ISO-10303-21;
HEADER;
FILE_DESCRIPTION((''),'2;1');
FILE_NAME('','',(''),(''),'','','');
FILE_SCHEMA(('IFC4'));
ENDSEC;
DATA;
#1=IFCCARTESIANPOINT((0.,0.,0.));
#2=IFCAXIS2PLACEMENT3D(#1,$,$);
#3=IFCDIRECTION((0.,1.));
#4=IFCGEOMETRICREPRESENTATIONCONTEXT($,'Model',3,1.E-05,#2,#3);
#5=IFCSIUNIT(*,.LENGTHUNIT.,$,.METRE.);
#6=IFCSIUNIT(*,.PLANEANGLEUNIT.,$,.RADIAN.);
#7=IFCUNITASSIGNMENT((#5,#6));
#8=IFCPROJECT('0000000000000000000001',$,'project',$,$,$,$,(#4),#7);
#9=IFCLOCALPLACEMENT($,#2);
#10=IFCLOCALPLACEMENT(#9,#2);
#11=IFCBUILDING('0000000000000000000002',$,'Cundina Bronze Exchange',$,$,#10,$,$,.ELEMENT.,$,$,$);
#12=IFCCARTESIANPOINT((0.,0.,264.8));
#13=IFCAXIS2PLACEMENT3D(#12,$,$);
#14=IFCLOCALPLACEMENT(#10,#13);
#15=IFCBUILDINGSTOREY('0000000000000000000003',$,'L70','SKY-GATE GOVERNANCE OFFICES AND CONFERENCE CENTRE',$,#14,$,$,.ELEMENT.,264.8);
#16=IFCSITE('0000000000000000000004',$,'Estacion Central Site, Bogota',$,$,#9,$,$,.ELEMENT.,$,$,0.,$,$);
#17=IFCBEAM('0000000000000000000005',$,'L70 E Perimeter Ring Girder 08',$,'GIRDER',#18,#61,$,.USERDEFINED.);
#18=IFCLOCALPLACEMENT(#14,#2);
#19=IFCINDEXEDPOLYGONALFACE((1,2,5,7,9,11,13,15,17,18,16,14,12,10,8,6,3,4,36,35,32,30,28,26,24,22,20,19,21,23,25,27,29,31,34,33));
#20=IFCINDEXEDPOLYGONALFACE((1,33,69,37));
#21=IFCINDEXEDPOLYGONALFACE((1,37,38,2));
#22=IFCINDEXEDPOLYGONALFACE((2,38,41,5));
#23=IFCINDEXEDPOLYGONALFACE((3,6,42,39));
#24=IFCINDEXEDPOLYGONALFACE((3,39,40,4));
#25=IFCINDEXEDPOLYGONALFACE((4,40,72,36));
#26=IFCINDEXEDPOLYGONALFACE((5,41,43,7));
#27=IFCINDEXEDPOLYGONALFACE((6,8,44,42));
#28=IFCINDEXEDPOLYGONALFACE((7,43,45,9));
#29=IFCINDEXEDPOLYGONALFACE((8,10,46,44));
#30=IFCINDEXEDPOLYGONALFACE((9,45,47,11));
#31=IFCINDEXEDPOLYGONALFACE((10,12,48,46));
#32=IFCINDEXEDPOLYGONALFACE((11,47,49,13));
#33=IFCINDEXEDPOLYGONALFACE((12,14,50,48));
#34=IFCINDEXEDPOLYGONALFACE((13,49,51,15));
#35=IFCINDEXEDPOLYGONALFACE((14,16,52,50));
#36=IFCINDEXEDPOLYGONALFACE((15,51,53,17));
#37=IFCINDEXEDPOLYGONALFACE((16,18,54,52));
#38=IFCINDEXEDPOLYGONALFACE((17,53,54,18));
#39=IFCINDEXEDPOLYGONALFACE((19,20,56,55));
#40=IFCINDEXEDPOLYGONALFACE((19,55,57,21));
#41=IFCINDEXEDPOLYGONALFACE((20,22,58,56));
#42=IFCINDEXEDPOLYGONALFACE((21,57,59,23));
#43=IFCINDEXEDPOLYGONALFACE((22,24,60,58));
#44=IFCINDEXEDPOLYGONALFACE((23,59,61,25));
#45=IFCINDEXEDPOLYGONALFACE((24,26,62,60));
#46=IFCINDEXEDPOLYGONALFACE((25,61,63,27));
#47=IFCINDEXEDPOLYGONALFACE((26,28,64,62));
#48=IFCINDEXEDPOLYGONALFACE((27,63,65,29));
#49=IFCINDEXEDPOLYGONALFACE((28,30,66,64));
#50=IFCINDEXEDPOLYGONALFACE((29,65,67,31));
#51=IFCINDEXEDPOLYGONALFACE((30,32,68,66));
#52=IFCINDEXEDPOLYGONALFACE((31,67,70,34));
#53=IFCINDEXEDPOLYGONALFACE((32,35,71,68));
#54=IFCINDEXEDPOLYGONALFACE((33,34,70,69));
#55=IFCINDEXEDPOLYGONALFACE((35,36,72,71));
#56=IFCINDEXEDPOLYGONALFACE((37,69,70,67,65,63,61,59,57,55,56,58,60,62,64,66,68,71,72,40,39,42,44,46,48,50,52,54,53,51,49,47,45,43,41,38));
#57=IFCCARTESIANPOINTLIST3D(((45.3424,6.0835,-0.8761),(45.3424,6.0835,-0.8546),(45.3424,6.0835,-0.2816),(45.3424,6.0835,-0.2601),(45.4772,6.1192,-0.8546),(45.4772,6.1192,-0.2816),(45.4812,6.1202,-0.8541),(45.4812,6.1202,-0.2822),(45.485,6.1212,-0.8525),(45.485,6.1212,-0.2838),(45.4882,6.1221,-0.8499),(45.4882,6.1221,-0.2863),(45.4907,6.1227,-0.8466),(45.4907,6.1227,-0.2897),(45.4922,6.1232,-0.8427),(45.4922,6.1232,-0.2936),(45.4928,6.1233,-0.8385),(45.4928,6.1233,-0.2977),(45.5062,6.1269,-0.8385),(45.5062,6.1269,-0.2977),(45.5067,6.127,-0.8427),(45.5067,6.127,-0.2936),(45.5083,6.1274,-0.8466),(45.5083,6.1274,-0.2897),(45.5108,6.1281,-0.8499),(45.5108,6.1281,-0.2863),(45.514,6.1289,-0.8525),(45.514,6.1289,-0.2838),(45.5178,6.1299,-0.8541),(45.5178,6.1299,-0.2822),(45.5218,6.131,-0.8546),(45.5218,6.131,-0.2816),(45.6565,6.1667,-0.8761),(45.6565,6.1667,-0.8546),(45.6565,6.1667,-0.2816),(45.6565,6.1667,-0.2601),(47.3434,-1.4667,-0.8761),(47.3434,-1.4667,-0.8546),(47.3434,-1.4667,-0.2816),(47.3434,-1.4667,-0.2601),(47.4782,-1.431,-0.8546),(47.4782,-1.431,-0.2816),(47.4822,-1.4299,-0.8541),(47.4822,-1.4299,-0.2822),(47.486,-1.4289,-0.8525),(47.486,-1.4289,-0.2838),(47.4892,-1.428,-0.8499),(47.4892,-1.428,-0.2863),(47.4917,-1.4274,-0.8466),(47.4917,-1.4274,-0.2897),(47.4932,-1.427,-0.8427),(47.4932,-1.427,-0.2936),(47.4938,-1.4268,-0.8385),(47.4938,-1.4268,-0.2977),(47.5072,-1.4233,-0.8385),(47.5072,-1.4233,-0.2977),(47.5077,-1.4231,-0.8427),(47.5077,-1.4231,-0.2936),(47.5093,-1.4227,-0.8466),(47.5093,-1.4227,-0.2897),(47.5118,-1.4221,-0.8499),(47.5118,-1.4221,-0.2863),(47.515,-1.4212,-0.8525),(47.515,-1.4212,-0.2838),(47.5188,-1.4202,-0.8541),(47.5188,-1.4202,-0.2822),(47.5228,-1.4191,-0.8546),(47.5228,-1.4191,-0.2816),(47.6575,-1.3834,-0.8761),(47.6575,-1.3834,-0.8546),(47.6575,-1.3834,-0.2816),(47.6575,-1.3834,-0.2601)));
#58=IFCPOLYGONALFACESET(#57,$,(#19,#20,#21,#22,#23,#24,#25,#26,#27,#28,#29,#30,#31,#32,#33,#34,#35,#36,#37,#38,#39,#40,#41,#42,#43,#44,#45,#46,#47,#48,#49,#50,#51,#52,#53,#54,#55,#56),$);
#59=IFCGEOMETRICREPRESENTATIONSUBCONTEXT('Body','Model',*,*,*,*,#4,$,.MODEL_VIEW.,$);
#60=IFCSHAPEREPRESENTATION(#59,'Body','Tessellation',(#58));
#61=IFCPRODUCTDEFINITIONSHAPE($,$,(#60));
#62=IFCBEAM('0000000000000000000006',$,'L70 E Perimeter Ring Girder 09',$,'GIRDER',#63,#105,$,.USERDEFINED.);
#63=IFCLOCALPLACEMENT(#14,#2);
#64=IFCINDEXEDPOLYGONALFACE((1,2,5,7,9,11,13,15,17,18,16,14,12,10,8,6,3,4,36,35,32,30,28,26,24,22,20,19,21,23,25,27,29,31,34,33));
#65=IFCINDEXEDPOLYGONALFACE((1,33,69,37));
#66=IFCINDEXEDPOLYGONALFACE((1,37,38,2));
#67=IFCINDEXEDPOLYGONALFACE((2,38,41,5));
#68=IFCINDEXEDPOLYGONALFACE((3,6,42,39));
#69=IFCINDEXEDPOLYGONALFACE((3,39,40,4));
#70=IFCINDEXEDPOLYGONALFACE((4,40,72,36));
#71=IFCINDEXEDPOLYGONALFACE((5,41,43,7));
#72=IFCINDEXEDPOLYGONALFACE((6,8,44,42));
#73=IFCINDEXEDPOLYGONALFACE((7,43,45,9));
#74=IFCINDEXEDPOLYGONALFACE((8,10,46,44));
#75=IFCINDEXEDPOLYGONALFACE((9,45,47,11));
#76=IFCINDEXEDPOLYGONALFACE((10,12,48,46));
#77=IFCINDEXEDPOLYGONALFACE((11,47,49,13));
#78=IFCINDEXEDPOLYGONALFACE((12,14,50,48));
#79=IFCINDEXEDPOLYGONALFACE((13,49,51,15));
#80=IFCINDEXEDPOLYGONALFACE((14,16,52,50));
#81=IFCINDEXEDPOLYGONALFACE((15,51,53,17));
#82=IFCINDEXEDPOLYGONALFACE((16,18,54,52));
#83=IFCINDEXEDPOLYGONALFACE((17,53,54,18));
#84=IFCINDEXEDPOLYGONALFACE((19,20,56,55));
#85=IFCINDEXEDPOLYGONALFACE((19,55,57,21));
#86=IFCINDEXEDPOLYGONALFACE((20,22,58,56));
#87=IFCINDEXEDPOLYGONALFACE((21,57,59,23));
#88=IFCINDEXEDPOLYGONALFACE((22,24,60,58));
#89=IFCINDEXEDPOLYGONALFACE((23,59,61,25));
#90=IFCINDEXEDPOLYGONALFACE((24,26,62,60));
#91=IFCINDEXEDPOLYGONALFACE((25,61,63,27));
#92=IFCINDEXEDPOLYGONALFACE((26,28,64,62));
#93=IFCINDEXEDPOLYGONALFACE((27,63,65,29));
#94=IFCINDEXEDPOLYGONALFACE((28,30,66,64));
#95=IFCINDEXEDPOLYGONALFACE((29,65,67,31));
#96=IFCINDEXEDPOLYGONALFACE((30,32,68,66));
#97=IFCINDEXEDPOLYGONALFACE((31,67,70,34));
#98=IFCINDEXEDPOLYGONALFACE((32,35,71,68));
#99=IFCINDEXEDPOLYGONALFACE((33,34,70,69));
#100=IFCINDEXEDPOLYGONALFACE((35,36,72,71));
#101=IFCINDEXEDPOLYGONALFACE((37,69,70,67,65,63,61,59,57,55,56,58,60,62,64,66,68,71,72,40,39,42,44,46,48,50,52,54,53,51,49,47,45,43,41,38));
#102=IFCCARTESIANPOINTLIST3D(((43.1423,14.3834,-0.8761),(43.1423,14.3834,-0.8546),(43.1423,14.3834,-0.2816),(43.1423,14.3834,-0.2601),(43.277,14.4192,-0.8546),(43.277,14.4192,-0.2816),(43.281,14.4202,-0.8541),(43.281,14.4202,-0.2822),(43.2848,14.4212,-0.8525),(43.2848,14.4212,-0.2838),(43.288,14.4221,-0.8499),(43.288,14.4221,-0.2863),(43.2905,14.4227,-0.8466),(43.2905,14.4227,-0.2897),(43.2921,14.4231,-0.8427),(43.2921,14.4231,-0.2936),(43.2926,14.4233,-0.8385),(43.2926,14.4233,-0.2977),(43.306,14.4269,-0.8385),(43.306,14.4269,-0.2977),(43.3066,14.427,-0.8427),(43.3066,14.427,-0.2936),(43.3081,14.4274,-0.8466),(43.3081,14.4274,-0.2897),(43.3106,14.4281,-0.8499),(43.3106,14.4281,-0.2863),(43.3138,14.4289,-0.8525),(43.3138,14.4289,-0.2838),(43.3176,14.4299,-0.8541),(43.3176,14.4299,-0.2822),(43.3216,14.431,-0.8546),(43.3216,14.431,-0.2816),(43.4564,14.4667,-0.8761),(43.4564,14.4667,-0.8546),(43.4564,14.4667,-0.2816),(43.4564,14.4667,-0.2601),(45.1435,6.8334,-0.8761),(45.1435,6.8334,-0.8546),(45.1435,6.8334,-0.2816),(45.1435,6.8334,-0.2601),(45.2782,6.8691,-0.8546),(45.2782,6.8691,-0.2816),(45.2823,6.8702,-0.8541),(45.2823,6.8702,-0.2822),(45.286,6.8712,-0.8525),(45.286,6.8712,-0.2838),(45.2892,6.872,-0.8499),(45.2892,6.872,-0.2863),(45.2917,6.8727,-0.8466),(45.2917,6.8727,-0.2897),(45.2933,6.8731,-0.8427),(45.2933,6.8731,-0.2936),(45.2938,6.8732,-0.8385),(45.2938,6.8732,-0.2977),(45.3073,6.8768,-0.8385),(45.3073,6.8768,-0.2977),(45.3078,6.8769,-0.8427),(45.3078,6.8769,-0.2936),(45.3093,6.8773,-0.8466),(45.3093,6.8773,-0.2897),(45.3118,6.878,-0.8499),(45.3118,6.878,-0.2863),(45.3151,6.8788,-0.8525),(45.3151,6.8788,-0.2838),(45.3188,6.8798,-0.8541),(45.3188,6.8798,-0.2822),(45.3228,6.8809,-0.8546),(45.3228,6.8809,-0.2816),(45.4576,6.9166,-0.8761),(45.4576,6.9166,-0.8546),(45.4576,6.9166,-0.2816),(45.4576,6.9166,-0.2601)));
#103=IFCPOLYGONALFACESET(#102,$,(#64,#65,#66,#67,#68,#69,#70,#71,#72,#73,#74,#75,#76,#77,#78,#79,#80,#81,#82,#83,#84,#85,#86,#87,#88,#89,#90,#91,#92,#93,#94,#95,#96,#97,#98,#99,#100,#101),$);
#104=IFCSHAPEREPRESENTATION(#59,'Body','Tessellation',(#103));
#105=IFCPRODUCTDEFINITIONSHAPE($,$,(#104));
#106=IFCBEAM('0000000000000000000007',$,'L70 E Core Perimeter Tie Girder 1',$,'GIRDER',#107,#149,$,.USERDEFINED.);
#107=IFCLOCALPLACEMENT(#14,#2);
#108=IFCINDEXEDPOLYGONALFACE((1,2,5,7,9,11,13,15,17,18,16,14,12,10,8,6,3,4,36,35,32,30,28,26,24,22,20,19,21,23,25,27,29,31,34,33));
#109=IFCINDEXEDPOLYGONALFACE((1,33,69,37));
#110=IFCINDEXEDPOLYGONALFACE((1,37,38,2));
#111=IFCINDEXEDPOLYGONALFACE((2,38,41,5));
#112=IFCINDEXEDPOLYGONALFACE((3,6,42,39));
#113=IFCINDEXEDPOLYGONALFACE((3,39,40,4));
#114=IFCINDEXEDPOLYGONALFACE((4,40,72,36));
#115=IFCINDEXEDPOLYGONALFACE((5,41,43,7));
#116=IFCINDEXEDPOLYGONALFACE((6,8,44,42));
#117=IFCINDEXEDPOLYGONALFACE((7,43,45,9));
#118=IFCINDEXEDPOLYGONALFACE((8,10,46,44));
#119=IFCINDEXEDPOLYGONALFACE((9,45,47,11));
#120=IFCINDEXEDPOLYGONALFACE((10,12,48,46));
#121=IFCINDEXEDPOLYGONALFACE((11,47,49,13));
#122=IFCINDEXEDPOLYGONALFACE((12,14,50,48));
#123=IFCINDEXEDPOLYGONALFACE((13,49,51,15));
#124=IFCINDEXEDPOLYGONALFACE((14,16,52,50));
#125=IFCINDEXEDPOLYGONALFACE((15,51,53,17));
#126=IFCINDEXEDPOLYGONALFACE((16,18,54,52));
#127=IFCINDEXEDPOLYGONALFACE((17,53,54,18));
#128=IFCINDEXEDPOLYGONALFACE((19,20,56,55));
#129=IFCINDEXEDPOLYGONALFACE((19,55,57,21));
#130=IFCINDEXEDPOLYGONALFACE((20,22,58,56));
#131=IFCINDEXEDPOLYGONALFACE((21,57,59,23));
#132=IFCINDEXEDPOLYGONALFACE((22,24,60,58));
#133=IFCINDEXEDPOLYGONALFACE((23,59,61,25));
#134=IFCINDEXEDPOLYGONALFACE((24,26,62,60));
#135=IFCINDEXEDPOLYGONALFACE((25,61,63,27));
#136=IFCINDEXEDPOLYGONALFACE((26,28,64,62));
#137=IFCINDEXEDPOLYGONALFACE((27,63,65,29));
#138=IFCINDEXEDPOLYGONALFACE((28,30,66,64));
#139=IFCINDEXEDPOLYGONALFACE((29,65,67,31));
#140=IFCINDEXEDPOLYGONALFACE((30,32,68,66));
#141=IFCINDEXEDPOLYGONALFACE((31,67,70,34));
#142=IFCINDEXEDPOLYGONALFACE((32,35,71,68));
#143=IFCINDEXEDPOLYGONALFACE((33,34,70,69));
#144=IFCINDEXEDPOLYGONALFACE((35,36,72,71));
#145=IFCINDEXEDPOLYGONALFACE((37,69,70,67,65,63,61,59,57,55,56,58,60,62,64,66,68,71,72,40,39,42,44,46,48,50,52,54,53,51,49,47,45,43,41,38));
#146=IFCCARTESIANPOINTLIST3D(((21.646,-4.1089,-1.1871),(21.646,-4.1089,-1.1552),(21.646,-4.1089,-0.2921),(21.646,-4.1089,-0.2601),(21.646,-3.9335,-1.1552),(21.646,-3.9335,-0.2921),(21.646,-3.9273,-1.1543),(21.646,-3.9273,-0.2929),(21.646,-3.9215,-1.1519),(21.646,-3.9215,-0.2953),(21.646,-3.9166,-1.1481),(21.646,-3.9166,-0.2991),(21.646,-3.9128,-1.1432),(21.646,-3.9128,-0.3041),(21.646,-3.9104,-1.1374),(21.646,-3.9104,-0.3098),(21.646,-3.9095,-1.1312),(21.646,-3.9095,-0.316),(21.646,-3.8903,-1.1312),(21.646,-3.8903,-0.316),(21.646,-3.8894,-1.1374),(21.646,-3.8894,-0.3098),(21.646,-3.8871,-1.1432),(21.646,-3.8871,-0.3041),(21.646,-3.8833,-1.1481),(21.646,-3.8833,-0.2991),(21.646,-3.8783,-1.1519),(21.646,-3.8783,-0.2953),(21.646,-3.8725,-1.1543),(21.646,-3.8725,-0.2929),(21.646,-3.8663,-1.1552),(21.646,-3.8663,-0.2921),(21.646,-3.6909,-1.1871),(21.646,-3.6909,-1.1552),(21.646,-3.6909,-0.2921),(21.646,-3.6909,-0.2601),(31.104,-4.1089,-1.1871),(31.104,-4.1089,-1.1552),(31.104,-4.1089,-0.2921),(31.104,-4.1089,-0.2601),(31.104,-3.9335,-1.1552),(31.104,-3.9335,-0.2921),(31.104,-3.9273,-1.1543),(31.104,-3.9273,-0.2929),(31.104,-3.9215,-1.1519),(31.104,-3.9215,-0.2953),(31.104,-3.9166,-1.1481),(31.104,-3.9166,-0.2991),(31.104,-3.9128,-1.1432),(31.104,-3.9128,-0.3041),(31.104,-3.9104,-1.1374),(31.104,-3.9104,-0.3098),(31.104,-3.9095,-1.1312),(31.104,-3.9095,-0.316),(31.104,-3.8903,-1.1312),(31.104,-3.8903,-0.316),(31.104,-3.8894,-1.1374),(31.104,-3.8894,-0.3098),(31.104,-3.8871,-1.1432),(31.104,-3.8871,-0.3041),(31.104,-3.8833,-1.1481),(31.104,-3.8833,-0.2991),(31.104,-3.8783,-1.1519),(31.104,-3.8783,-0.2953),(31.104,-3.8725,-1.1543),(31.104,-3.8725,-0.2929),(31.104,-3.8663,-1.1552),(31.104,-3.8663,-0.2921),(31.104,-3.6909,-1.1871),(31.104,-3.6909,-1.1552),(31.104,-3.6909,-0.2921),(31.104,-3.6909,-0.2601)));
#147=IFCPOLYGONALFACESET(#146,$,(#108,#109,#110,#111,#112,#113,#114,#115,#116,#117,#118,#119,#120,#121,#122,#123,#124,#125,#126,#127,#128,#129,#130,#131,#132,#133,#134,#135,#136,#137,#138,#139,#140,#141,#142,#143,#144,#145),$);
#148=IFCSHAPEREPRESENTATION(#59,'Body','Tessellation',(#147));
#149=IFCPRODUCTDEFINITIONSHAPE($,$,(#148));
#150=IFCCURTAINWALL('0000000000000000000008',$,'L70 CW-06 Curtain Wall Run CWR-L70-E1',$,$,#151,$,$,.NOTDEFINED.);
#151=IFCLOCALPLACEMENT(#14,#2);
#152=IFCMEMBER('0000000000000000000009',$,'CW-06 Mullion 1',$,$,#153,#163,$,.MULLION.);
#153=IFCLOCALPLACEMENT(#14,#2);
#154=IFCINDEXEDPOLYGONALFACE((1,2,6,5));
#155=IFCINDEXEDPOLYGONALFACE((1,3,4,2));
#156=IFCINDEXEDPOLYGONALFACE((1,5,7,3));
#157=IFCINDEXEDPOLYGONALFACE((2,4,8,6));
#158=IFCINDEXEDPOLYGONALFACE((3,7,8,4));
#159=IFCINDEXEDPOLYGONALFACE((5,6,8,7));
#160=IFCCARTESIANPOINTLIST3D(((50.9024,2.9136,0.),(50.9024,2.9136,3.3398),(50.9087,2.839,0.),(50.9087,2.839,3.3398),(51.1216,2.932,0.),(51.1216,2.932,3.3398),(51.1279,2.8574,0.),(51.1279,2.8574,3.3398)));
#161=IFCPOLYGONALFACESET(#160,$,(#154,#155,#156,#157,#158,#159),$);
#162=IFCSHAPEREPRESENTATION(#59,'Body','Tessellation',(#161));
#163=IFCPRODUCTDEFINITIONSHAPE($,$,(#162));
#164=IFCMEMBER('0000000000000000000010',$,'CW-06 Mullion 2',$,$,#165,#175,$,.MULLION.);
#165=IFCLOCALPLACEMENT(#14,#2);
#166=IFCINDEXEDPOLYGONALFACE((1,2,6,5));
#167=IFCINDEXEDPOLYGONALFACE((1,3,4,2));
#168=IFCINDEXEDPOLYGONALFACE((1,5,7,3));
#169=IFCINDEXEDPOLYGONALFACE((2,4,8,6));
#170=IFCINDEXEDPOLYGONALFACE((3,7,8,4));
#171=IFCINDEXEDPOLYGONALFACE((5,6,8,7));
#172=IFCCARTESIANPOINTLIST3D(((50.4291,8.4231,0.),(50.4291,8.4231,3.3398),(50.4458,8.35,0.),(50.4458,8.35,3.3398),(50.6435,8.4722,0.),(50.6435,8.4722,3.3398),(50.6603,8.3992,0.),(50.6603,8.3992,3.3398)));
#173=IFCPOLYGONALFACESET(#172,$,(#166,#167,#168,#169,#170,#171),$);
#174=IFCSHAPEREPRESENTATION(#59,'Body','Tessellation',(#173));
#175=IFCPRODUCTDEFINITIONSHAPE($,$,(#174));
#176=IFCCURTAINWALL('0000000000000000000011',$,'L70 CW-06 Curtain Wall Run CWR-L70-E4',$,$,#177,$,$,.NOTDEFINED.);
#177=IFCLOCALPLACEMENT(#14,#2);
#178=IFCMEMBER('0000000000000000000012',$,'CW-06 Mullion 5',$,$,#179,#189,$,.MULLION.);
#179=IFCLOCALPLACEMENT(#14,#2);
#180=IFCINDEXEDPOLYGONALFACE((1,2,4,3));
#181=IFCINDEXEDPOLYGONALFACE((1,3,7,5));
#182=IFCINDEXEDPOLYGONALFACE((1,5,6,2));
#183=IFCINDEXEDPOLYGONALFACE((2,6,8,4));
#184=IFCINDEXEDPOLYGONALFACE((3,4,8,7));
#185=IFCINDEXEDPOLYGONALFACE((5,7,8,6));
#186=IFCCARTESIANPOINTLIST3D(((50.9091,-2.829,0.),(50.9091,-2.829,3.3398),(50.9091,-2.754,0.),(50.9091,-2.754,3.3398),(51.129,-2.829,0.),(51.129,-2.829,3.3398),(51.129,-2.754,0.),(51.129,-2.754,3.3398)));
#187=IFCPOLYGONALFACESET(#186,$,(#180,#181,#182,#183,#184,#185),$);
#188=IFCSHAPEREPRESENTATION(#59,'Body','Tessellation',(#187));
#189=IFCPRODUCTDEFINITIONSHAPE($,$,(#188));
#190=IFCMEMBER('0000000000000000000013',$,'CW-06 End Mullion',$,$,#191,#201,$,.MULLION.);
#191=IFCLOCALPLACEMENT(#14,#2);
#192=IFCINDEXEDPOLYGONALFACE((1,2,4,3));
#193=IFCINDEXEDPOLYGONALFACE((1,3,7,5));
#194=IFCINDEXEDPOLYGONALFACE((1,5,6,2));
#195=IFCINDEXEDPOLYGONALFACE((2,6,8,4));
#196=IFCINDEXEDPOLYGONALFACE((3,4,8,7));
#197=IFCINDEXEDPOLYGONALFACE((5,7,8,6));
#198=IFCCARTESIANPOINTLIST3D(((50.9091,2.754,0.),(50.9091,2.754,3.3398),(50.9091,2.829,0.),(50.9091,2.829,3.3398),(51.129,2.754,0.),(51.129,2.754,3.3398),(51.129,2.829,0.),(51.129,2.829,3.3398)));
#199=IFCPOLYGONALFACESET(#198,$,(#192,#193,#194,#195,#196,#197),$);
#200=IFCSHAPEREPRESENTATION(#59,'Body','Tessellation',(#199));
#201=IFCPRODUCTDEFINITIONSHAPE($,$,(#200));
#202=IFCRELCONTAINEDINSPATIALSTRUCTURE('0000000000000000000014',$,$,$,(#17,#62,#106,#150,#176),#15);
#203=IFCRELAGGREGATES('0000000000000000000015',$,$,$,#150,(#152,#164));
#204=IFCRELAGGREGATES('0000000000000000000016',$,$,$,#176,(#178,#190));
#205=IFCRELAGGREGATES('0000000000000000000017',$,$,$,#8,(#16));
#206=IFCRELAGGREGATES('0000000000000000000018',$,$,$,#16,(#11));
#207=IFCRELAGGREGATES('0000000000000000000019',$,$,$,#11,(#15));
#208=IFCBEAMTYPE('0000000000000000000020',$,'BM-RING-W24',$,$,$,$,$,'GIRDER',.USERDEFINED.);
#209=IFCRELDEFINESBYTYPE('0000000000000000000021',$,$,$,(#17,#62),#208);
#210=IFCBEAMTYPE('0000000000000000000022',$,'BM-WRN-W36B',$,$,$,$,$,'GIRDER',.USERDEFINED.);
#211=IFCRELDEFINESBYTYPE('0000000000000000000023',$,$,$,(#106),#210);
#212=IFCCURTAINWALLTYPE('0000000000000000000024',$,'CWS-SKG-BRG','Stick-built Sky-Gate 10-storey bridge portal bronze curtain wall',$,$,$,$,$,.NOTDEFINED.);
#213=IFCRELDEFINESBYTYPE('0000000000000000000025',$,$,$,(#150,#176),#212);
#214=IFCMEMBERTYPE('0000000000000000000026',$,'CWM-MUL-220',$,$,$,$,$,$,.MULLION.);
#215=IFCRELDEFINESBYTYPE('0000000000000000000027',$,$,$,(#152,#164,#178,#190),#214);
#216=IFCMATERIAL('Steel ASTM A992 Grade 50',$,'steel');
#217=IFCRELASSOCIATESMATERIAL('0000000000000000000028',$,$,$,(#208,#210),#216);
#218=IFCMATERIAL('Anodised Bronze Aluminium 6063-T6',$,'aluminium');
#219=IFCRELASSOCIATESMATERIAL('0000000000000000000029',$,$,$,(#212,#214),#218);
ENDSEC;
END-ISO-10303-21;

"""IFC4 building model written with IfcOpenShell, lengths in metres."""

from ifc_helpers import new_model, si_unit, direction, frame, origin, origin_2d, place, context, subcontext, project, spatial, rectangle, i_section, extrude, material, material_profile, profile_set, type_object, element, aggregate, save


model = new_model("IFC4")

# Units and contexts
model_context = context("Model", 3, precision=1e-05, world=origin(), true_north=direction((0.0, 1.0)))
body_context = subcontext(model_context, "Body", "Model", "MODEL_VIEW")
ifc_project = project(units=[si_unit("LENGTHUNIT", "METRE"), si_unit("PLANEANGLEUNIT", "RADIAN")], contexts=[model_context])

# Site, building, storey
site_placement = place(None, origin())
site = spatial("IfcSite", under=ifc_project, at=site_placement, Name="Estacion Central Site, Bogota", CompositionType="ELEMENT", RefElevation=0.0)
building_placement = place(site_placement, origin())
building = spatial("IfcBuilding", under=site, at=building_placement, Name="Cundina Bronze Exchange", CompositionType="ELEMENT")
storey_placement = place(building_placement, frame((0.0, 0.0, 264.8)))
storey = spatial("IfcBuildingStorey", under=building, at=storey_placement, Name="L70", Description="SKY-GATE GOVERNANCE OFFICES AND CONFERENCE CENTRE", CompositionType="ELEMENT", Elevation=264.8)

# Shared definitions
ifc_material_1 = material(Name="Steel ASTM A992 Grade 50", Category="steel")

# Beams
ifc_material_profile_1 = material_profile(ifc_material_1, i_section(OverallWidth=0.325, OverallDepth=0.616, WebThickness=0.0139, FlangeThickness=0.0215, FilletRadius=0.0161, at=origin_2d()), Name="W24X117", Category="steel")
ifc_profile_set_1 = profile_set([ifc_material_profile_1], Name="Steel ASTM A992 Grade 50")
beam_type_1 = type_object("IfcBeamType", Name="BM-RING-W24", ElementType="GIRDER", PredefinedType="USERDEFINED", material=ifc_profile_set_1)
for number, where, z_axis, x_axis, name in (
    (1, (47.5005, -1.425, -0.5681), (-0.256184, 0.966628, 0.0), (-0.966628, -0.256184, 0.0), "L70 E Perimeter Ring Girder 08"),
    (2, (45.3005, 6.875, -0.5681), (-0.256213, 0.96662, 0.0), (-0.96662, -0.256213, 0.0), "L70 E Perimeter Ring Girder 09"),
):
    element("IfcBeam", number, at=place(storey_placement, frame(where, z_axis=z_axis, x_axis=x_axis)), inside=storey, type_object=beam_type_1, Name=name, ObjectType="GIRDER", PredefinedType="USERDEFINED", context=body_context, shape_type="SweptSolid", body=[
        extrude(i_section(OverallWidth=0.325, OverallDepth=0.616, WebThickness=0.0139, FlangeThickness=0.0215, FilletRadius=0.0161, at=origin_2d()), origin(), (0.0, 0.0, 1.0), 7.8108),
    ])
ifc_material_profile_2 = material_profile(ifc_material_1, i_section(OverallWidth=0.418, OverallDepth=0.927, WebThickness=0.0193, FlangeThickness=0.032, FilletRadius=0.0239, at=origin_2d()), Name="W36X231", Category="steel")
ifc_profile_set_2 = profile_set([ifc_material_profile_2], Name="Steel ASTM A992 Grade 50")
beam_type_2 = type_object("IfcBeamType", Name="BM-WRN-W36B", ElementType="GIRDER", PredefinedType="USERDEFINED", material=ifc_profile_set_2)
beam_1_placement = place(storey_placement, frame((31.104, -3.8999, -0.7236), z_axis=(-1.0, 0.0, 0.0), x_axis=(0.0, -1.0, 0.0)))
element("IfcBeam", 3, at=beam_1_placement, inside=storey, type_object=beam_type_2, Name="L70 E Core Perimeter Tie Girder 1", ObjectType="GIRDER", PredefinedType="USERDEFINED", context=body_context, shape_type="SweptSolid", body=[
    extrude(i_section(OverallWidth=0.418, OverallDepth=0.927, WebThickness=0.0193, FlangeThickness=0.032, FilletRadius=0.0239, at=origin_2d()), origin(), (0.0, 0.0, 1.0), 9.458),
])

# Curtain walls, members
ifc_material_2 = material(Name="Anodised Bronze Aluminium 6063-T6", Category="aluminium")
curtain_wall_type = type_object("IfcCurtainWallType", Name="CWS-SKG-BRG", Description="Stick-built Sky-Gate 10-storey bridge portal bronze curtain wall", PredefinedType="NOTDEFINED", material=ifc_material_2)
curtain_wall_1_placement = place(storey_placement, origin())
curtain_wall_1 = element("IfcCurtainWall", 4, at=curtain_wall_1_placement, inside=storey, type_object=curtain_wall_type, Name="L70 CW-06 Curtain Wall Run CWR-L70-E1", PredefinedType="NOTDEFINED")
ifc_material_profile_3 = material_profile(ifc_material_2, rectangle(XDim=0.075, YDim=0.22, at=origin_2d()), Name="AL75X220", Category="aluminium")
ifc_profile_set_3 = profile_set([ifc_material_profile_3], Name="Anodised Bronze Aluminium 6063-T6")
member_type_1 = type_object("IfcMemberType", Name="CWM-MUL-220", PredefinedType="MULLION", material=ifc_profile_set_3)
member_1_placement = place(storey_placement, frame((51.0151, 2.8855, 0.0), z_axis=(0.0, 0.0, 1.0), x_axis=(-0.083678, 0.996493, 0.0)))
member_1 = element("IfcMember", 5, at=member_1_placement, type_object=member_type_1, Name="CW-06 Mullion 1", PredefinedType="MULLION", context=body_context, shape_type="SweptSolid", body=[
    extrude(rectangle(XDim=0.075, YDim=0.22, at=origin_2d()), origin(), (0.0, 0.0, 1.0), 3.3398),
])
member_2_placement = place(storey_placement, frame((50.5447, 8.4111, 0.0), z_axis=(0.0, 0.0, 1.0), x_axis=(-0.22325, 0.974761, 0.0)))
member_2 = element("IfcMember", 6, at=member_2_placement, type_object=member_type_1, Name="CW-06 Mullion 2", PredefinedType="MULLION", context=body_context, shape_type="SweptSolid", body=[
    extrude(rectangle(XDim=0.075, YDim=0.22, at=origin_2d()), origin(), (0.0, 0.0, 1.0), 3.3398),
])
curtain_wall_2_placement = place(storey_placement, origin())
curtain_wall_2 = element("IfcCurtainWall", 7, at=curtain_wall_2_placement, inside=storey, type_object=curtain_wall_type, Name="L70 CW-06 Curtain Wall Run CWR-L70-E4", PredefinedType="NOTDEFINED")
member_3_placement = place(storey_placement, frame((51.019, -2.7915, 0.0), z_axis=(0.0, 0.0, 1.0), x_axis=(0.0, 1.0, 0.0)))
member_3 = element("IfcMember", 8, at=member_3_placement, type_object=member_type_1, Name="CW-06 Mullion 5", PredefinedType="MULLION", context=body_context, shape_type="SweptSolid", body=[
    extrude(rectangle(XDim=0.075, YDim=0.22, at=origin_2d()), origin(), (0.0, 0.0, 1.0), 3.3398),
])
member_4_placement = place(storey_placement, frame((51.019, 2.7915, 0.0), z_axis=(0.0, 0.0, 1.0), x_axis=(0.0, 1.0, 0.0)))
member_4 = element("IfcMember", 9, at=member_4_placement, type_object=member_type_1, Name="CW-06 End Mullion", PredefinedType="MULLION", context=body_context, shape_type="SweptSolid", body=[
    extrude(rectangle(XDim=0.075, YDim=0.22, at=origin_2d()), origin(), (0.0, 0.0, 1.0), 3.3398),
])

aggregate(curtain_wall_1, [member_1, member_2])
aggregate(curtain_wall_2, [member_3, member_4])

save(model, "model.ifc")
